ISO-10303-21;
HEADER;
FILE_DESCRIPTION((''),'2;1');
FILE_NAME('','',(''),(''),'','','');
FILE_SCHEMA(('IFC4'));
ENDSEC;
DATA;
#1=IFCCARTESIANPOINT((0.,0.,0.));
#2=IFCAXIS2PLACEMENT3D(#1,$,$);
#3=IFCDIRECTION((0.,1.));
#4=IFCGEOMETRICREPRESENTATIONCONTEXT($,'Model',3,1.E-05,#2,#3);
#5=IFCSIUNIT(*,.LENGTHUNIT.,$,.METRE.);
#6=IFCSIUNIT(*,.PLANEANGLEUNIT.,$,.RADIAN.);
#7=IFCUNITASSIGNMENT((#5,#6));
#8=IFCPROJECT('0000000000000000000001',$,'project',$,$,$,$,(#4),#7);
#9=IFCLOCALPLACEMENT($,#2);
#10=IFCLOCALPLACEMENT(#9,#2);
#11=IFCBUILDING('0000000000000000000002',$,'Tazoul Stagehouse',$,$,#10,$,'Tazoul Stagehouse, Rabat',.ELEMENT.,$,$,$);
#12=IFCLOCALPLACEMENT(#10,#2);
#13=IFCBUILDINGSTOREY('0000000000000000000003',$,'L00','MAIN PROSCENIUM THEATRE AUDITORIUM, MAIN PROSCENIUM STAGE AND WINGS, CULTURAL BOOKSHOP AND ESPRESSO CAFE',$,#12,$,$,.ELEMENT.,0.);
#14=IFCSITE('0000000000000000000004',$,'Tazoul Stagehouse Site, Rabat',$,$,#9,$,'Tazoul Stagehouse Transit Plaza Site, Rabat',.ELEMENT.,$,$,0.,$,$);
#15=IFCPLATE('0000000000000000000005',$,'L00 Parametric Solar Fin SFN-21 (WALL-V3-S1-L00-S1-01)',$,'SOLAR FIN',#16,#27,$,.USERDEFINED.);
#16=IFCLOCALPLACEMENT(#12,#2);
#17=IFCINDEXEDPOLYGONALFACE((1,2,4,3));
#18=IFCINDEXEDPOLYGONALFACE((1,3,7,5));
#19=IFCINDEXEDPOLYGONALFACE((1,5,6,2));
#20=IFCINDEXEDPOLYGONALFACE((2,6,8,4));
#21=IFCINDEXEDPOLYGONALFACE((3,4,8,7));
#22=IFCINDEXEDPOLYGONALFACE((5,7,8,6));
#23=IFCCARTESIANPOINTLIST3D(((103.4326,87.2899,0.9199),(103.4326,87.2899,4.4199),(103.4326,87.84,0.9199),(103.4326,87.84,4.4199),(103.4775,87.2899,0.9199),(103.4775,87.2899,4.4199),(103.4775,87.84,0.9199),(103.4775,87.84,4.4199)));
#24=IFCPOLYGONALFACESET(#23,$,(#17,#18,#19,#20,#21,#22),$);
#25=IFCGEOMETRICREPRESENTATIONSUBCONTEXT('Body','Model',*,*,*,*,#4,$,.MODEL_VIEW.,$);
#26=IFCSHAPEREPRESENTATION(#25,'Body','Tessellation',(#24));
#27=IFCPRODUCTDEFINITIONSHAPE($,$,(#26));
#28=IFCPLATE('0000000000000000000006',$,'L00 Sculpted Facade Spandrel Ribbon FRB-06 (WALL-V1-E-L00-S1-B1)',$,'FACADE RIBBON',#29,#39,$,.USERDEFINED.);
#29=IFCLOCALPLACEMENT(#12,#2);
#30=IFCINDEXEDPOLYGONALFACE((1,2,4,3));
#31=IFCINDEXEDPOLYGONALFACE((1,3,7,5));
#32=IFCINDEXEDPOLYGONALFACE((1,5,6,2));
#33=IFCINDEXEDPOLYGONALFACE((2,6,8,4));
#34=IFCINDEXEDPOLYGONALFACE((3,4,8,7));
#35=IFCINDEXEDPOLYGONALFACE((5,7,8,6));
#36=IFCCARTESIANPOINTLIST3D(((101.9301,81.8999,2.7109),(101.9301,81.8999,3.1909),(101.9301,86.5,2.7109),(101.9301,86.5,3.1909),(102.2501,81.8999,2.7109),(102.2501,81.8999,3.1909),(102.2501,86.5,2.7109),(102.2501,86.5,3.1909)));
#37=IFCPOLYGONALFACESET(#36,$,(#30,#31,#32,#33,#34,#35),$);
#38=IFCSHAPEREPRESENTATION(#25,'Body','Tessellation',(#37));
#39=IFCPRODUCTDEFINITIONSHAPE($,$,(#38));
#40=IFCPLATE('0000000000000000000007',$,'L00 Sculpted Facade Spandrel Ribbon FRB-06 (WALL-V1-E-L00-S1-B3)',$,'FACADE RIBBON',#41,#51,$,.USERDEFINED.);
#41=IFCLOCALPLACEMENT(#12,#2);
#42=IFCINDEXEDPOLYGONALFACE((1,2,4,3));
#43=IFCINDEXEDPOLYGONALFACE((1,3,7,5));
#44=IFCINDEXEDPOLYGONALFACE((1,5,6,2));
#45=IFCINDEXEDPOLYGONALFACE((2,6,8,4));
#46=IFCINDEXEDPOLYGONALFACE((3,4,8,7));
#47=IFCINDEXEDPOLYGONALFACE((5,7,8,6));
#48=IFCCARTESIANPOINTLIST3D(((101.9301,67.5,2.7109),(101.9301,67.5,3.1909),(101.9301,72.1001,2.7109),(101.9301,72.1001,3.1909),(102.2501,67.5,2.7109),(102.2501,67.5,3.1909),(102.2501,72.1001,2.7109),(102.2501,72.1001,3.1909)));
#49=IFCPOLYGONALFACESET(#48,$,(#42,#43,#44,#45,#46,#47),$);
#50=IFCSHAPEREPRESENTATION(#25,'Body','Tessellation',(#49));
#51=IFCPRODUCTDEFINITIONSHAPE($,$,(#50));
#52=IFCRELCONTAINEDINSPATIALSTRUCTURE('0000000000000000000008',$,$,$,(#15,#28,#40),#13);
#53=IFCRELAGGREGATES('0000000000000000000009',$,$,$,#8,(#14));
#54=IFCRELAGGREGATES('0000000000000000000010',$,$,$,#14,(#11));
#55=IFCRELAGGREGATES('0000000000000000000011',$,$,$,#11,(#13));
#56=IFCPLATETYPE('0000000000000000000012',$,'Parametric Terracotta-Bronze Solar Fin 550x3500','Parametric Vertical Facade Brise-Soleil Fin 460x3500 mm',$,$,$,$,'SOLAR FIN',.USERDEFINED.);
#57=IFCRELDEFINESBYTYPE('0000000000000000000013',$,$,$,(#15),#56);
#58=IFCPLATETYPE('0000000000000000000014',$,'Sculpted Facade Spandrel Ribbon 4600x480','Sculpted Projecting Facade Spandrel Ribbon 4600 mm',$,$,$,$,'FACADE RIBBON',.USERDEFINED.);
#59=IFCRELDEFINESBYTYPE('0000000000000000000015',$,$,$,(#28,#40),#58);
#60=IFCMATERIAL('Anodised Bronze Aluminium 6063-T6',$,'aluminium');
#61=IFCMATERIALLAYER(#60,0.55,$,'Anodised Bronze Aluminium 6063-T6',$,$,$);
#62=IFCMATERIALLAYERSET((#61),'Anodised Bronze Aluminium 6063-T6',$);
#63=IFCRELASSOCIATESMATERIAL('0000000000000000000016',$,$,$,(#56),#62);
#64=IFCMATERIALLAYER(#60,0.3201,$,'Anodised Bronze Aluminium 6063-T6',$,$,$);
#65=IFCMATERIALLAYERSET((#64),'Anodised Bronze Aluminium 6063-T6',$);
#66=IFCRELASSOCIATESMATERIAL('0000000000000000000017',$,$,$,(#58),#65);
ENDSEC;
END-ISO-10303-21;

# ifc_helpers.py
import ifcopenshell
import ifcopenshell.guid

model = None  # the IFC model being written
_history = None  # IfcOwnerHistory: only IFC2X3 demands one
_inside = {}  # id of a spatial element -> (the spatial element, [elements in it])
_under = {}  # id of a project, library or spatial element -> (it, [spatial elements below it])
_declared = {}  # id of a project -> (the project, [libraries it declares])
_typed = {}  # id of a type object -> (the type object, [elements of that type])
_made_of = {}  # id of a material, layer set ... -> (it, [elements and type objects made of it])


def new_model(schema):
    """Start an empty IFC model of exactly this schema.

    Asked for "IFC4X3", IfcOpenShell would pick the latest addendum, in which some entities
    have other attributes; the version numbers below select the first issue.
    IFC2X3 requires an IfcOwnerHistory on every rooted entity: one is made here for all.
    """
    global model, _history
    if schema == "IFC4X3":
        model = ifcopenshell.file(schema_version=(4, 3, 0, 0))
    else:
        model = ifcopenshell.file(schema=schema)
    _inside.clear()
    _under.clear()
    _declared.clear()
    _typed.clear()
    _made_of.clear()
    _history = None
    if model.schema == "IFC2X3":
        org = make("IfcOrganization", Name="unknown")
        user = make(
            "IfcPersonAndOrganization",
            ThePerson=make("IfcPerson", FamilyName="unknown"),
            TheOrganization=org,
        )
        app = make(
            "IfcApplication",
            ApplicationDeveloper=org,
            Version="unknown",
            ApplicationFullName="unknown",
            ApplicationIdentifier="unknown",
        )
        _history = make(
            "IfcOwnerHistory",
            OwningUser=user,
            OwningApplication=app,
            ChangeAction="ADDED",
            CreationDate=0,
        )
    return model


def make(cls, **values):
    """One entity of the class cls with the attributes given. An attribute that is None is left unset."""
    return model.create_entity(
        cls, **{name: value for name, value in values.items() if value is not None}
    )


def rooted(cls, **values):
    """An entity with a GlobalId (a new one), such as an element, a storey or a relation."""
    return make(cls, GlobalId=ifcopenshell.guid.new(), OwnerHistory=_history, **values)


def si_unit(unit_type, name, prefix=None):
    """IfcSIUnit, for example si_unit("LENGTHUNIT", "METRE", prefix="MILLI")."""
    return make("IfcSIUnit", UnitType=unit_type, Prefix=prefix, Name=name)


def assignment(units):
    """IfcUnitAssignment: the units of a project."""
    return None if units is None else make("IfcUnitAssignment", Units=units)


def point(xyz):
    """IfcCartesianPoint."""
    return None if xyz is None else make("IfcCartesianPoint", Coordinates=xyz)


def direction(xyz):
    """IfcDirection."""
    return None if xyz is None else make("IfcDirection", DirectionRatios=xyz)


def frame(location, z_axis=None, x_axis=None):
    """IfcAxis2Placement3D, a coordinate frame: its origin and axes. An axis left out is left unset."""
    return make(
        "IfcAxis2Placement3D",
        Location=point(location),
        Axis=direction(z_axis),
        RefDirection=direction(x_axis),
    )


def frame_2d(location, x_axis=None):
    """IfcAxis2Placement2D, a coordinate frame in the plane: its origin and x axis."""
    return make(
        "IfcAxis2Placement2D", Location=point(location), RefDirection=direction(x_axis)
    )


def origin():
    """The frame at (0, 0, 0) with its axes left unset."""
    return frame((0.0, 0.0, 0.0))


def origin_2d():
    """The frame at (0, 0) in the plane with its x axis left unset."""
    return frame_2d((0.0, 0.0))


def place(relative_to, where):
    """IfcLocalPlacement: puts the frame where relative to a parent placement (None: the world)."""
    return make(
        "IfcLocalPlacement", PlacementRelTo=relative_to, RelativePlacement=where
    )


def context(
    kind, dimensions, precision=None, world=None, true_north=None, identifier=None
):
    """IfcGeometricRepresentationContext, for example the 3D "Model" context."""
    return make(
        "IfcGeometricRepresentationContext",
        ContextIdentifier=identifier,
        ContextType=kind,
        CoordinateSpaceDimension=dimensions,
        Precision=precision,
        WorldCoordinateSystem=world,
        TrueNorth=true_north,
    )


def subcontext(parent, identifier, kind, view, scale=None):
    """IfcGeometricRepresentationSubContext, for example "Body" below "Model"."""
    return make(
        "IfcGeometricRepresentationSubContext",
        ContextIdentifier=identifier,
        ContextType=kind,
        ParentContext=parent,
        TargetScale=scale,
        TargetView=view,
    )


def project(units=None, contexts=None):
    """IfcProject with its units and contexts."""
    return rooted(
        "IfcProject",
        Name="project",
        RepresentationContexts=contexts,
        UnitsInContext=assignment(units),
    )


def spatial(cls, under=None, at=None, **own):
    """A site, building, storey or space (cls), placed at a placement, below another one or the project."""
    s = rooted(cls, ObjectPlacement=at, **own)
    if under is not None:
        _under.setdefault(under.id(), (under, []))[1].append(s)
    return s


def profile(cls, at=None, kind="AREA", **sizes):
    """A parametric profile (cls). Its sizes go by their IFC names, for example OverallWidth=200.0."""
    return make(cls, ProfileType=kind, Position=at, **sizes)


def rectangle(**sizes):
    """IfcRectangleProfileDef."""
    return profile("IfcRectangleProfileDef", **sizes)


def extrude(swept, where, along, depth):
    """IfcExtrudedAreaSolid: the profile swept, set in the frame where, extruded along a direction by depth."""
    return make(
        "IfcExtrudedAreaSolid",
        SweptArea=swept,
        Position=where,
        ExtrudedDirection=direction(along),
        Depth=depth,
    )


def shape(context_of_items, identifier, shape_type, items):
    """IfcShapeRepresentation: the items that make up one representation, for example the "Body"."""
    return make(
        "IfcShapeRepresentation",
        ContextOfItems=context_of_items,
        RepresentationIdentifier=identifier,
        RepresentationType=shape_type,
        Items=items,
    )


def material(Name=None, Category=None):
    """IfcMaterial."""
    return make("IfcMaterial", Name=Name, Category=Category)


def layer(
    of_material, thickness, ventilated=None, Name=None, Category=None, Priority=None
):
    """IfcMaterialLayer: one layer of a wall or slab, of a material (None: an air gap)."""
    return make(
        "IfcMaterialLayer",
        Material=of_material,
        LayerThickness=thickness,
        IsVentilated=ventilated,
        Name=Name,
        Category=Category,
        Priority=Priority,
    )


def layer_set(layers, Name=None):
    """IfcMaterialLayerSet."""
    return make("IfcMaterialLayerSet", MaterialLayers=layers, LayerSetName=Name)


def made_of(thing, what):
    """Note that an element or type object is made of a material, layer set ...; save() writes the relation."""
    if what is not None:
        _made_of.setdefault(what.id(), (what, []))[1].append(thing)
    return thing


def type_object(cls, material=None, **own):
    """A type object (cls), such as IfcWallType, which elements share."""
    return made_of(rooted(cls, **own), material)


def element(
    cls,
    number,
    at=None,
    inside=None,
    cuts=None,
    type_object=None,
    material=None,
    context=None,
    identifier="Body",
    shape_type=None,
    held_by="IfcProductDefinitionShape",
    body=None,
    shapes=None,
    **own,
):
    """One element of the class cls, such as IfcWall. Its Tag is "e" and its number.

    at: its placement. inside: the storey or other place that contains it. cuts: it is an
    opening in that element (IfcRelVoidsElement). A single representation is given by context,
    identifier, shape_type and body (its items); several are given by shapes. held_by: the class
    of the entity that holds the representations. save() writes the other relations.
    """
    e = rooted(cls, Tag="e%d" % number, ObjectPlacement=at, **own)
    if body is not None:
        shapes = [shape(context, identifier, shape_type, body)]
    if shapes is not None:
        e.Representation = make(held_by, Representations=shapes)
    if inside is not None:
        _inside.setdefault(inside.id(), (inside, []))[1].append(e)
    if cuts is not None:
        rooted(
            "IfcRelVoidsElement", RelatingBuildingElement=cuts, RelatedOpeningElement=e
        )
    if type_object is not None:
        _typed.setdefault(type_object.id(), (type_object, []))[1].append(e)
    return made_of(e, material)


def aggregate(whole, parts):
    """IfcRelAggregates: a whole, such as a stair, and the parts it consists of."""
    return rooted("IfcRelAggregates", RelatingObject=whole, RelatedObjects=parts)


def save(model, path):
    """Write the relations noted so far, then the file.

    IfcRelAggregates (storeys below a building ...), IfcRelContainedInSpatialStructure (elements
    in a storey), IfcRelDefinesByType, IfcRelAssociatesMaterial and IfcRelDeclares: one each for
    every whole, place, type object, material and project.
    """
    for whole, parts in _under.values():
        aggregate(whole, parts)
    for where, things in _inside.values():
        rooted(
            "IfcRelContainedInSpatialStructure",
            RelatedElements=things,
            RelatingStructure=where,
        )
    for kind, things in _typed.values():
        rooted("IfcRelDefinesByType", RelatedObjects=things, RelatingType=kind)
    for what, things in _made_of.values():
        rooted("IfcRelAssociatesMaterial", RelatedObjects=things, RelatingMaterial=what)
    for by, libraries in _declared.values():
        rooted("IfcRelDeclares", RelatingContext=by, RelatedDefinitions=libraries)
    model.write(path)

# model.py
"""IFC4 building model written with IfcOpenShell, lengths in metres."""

from ifc_helpers import new_model, si_unit, direction, frame, origin, origin_2d, place, context, subcontext, project, spatial, rectangle, extrude, material, layer, layer_set, type_object, element, save


model = new_model("IFC4")

# Units and contexts
model_context = context("Model", 3, precision=1e-05, world=origin(), true_north=direction((0.0, 1.0)))
body_context = subcontext(model_context, "Body", "Model", "MODEL_VIEW")
ifc_project = project(units=[si_unit("LENGTHUNIT", "METRE"), si_unit("PLANEANGLEUNIT", "RADIAN")], contexts=[model_context])

# Site, building, storey
site_placement = place(None, origin())
site = spatial("IfcSite", under=ifc_project, at=site_placement, Name="Tazoul Stagehouse Site, Rabat", LongName="Tazoul Stagehouse Transit Plaza Site, Rabat", CompositionType="ELEMENT", RefElevation=0.0)
building_placement = place(site_placement, origin())
building = spatial("IfcBuilding", under=site, at=building_placement, Name="Tazoul Stagehouse", LongName="Tazoul Stagehouse, Rabat", CompositionType="ELEMENT")
storey_placement = place(building_placement, origin())
storey = spatial("IfcBuildingStorey", under=building, at=storey_placement, Name="L00", Description="MAIN PROSCENIUM THEATRE AUDITORIUM, MAIN PROSCENIUM STAGE AND WINGS, CULTURAL BOOKSHOP AND ESPRESSO CAFE", CompositionType="ELEMENT", Elevation=0.0)

# Plates
ifc_material_1 = material(Name="Anodised Bronze Aluminium 6063-T6", Category="aluminium")
ifc_layer_1 = layer(ifc_material_1, 0.55, Name="Anodised Bronze Aluminium 6063-T6")
ifc_layer_set_1 = layer_set([ifc_layer_1], Name="Anodised Bronze Aluminium 6063-T6")
plate_type_1 = type_object("IfcPlateType", Name="Parametric Terracotta-Bronze Solar Fin 550x3500", Description="Parametric Vertical Facade Brise-Soleil Fin 460x3500 mm", ElementType="SOLAR FIN", PredefinedType="USERDEFINED", material=ifc_layer_set_1)
for number, where, z_axis, x_axis, name in (
    (1, (103.4551, 87.5649, 0.9199), (0.0, 0.0, 1.0), (1.0, 0.0, 0.0), "L00 Parametric Solar Fin SFN-21 (WALL-V3-S1-L00-S1-01)"),
):
    element("IfcPlate", number, at=place(storey_placement, frame(where, z_axis=z_axis, x_axis=x_axis)), inside=storey, type_object=plate_type_1, Name=name, ObjectType="SOLAR FIN", PredefinedType="USERDEFINED", context=body_context, shape_type="SweptSolid", body=[
        extrude(rectangle(XDim=0.0449, YDim=0.55, at=origin_2d()), origin(), (0.0, 0.0, 1.0), 3.5),
    ])
ifc_layer_2 = layer(ifc_material_1, 0.3201, Name="Anodised Bronze Aluminium 6063-T6")
ifc_layer_set_2 = layer_set([ifc_layer_2], Name="Anodised Bronze Aluminium 6063-T6")
plate_type_2 = type_object("IfcPlateType", Name="Sculpted Facade Spandrel Ribbon 4600x480", Description="Sculpted Projecting Facade Spandrel Ribbon 4600 mm", ElementType="FACADE RIBBON", PredefinedType="USERDEFINED", material=ifc_layer_set_2)
for number, where, z_axis, x_axis, name in (
    (2, (102.0901, 84.2, 2.7109), (0.0, 0.0, 1.0), (0.0, -1.0, 0.0), "L00 Sculpted Facade Spandrel Ribbon FRB-06 (WALL-V1-E-L00-S1-B1)"),
    (3, (102.0901, 69.8, 2.7109), (0.0, 0.0, 1.0), (0.0, -1.0, 0.0), "L00 Sculpted Facade Spandrel Ribbon FRB-06 (WALL-V1-E-L00-S1-B3)"),
):
    element("IfcPlate", number, at=place(storey_placement, frame(where, z_axis=z_axis, x_axis=x_axis)), inside=storey, type_object=plate_type_2, Name=name, ObjectType="FACADE RIBBON", PredefinedType="USERDEFINED", context=body_context, shape_type="SweptSolid", body=[
        extrude(rectangle(XDim=4.6001, YDim=0.3201, at=origin_2d()), origin(), (0.0, 0.0, 1.0), 0.48),
    ])

save(model, "model.ifc")
